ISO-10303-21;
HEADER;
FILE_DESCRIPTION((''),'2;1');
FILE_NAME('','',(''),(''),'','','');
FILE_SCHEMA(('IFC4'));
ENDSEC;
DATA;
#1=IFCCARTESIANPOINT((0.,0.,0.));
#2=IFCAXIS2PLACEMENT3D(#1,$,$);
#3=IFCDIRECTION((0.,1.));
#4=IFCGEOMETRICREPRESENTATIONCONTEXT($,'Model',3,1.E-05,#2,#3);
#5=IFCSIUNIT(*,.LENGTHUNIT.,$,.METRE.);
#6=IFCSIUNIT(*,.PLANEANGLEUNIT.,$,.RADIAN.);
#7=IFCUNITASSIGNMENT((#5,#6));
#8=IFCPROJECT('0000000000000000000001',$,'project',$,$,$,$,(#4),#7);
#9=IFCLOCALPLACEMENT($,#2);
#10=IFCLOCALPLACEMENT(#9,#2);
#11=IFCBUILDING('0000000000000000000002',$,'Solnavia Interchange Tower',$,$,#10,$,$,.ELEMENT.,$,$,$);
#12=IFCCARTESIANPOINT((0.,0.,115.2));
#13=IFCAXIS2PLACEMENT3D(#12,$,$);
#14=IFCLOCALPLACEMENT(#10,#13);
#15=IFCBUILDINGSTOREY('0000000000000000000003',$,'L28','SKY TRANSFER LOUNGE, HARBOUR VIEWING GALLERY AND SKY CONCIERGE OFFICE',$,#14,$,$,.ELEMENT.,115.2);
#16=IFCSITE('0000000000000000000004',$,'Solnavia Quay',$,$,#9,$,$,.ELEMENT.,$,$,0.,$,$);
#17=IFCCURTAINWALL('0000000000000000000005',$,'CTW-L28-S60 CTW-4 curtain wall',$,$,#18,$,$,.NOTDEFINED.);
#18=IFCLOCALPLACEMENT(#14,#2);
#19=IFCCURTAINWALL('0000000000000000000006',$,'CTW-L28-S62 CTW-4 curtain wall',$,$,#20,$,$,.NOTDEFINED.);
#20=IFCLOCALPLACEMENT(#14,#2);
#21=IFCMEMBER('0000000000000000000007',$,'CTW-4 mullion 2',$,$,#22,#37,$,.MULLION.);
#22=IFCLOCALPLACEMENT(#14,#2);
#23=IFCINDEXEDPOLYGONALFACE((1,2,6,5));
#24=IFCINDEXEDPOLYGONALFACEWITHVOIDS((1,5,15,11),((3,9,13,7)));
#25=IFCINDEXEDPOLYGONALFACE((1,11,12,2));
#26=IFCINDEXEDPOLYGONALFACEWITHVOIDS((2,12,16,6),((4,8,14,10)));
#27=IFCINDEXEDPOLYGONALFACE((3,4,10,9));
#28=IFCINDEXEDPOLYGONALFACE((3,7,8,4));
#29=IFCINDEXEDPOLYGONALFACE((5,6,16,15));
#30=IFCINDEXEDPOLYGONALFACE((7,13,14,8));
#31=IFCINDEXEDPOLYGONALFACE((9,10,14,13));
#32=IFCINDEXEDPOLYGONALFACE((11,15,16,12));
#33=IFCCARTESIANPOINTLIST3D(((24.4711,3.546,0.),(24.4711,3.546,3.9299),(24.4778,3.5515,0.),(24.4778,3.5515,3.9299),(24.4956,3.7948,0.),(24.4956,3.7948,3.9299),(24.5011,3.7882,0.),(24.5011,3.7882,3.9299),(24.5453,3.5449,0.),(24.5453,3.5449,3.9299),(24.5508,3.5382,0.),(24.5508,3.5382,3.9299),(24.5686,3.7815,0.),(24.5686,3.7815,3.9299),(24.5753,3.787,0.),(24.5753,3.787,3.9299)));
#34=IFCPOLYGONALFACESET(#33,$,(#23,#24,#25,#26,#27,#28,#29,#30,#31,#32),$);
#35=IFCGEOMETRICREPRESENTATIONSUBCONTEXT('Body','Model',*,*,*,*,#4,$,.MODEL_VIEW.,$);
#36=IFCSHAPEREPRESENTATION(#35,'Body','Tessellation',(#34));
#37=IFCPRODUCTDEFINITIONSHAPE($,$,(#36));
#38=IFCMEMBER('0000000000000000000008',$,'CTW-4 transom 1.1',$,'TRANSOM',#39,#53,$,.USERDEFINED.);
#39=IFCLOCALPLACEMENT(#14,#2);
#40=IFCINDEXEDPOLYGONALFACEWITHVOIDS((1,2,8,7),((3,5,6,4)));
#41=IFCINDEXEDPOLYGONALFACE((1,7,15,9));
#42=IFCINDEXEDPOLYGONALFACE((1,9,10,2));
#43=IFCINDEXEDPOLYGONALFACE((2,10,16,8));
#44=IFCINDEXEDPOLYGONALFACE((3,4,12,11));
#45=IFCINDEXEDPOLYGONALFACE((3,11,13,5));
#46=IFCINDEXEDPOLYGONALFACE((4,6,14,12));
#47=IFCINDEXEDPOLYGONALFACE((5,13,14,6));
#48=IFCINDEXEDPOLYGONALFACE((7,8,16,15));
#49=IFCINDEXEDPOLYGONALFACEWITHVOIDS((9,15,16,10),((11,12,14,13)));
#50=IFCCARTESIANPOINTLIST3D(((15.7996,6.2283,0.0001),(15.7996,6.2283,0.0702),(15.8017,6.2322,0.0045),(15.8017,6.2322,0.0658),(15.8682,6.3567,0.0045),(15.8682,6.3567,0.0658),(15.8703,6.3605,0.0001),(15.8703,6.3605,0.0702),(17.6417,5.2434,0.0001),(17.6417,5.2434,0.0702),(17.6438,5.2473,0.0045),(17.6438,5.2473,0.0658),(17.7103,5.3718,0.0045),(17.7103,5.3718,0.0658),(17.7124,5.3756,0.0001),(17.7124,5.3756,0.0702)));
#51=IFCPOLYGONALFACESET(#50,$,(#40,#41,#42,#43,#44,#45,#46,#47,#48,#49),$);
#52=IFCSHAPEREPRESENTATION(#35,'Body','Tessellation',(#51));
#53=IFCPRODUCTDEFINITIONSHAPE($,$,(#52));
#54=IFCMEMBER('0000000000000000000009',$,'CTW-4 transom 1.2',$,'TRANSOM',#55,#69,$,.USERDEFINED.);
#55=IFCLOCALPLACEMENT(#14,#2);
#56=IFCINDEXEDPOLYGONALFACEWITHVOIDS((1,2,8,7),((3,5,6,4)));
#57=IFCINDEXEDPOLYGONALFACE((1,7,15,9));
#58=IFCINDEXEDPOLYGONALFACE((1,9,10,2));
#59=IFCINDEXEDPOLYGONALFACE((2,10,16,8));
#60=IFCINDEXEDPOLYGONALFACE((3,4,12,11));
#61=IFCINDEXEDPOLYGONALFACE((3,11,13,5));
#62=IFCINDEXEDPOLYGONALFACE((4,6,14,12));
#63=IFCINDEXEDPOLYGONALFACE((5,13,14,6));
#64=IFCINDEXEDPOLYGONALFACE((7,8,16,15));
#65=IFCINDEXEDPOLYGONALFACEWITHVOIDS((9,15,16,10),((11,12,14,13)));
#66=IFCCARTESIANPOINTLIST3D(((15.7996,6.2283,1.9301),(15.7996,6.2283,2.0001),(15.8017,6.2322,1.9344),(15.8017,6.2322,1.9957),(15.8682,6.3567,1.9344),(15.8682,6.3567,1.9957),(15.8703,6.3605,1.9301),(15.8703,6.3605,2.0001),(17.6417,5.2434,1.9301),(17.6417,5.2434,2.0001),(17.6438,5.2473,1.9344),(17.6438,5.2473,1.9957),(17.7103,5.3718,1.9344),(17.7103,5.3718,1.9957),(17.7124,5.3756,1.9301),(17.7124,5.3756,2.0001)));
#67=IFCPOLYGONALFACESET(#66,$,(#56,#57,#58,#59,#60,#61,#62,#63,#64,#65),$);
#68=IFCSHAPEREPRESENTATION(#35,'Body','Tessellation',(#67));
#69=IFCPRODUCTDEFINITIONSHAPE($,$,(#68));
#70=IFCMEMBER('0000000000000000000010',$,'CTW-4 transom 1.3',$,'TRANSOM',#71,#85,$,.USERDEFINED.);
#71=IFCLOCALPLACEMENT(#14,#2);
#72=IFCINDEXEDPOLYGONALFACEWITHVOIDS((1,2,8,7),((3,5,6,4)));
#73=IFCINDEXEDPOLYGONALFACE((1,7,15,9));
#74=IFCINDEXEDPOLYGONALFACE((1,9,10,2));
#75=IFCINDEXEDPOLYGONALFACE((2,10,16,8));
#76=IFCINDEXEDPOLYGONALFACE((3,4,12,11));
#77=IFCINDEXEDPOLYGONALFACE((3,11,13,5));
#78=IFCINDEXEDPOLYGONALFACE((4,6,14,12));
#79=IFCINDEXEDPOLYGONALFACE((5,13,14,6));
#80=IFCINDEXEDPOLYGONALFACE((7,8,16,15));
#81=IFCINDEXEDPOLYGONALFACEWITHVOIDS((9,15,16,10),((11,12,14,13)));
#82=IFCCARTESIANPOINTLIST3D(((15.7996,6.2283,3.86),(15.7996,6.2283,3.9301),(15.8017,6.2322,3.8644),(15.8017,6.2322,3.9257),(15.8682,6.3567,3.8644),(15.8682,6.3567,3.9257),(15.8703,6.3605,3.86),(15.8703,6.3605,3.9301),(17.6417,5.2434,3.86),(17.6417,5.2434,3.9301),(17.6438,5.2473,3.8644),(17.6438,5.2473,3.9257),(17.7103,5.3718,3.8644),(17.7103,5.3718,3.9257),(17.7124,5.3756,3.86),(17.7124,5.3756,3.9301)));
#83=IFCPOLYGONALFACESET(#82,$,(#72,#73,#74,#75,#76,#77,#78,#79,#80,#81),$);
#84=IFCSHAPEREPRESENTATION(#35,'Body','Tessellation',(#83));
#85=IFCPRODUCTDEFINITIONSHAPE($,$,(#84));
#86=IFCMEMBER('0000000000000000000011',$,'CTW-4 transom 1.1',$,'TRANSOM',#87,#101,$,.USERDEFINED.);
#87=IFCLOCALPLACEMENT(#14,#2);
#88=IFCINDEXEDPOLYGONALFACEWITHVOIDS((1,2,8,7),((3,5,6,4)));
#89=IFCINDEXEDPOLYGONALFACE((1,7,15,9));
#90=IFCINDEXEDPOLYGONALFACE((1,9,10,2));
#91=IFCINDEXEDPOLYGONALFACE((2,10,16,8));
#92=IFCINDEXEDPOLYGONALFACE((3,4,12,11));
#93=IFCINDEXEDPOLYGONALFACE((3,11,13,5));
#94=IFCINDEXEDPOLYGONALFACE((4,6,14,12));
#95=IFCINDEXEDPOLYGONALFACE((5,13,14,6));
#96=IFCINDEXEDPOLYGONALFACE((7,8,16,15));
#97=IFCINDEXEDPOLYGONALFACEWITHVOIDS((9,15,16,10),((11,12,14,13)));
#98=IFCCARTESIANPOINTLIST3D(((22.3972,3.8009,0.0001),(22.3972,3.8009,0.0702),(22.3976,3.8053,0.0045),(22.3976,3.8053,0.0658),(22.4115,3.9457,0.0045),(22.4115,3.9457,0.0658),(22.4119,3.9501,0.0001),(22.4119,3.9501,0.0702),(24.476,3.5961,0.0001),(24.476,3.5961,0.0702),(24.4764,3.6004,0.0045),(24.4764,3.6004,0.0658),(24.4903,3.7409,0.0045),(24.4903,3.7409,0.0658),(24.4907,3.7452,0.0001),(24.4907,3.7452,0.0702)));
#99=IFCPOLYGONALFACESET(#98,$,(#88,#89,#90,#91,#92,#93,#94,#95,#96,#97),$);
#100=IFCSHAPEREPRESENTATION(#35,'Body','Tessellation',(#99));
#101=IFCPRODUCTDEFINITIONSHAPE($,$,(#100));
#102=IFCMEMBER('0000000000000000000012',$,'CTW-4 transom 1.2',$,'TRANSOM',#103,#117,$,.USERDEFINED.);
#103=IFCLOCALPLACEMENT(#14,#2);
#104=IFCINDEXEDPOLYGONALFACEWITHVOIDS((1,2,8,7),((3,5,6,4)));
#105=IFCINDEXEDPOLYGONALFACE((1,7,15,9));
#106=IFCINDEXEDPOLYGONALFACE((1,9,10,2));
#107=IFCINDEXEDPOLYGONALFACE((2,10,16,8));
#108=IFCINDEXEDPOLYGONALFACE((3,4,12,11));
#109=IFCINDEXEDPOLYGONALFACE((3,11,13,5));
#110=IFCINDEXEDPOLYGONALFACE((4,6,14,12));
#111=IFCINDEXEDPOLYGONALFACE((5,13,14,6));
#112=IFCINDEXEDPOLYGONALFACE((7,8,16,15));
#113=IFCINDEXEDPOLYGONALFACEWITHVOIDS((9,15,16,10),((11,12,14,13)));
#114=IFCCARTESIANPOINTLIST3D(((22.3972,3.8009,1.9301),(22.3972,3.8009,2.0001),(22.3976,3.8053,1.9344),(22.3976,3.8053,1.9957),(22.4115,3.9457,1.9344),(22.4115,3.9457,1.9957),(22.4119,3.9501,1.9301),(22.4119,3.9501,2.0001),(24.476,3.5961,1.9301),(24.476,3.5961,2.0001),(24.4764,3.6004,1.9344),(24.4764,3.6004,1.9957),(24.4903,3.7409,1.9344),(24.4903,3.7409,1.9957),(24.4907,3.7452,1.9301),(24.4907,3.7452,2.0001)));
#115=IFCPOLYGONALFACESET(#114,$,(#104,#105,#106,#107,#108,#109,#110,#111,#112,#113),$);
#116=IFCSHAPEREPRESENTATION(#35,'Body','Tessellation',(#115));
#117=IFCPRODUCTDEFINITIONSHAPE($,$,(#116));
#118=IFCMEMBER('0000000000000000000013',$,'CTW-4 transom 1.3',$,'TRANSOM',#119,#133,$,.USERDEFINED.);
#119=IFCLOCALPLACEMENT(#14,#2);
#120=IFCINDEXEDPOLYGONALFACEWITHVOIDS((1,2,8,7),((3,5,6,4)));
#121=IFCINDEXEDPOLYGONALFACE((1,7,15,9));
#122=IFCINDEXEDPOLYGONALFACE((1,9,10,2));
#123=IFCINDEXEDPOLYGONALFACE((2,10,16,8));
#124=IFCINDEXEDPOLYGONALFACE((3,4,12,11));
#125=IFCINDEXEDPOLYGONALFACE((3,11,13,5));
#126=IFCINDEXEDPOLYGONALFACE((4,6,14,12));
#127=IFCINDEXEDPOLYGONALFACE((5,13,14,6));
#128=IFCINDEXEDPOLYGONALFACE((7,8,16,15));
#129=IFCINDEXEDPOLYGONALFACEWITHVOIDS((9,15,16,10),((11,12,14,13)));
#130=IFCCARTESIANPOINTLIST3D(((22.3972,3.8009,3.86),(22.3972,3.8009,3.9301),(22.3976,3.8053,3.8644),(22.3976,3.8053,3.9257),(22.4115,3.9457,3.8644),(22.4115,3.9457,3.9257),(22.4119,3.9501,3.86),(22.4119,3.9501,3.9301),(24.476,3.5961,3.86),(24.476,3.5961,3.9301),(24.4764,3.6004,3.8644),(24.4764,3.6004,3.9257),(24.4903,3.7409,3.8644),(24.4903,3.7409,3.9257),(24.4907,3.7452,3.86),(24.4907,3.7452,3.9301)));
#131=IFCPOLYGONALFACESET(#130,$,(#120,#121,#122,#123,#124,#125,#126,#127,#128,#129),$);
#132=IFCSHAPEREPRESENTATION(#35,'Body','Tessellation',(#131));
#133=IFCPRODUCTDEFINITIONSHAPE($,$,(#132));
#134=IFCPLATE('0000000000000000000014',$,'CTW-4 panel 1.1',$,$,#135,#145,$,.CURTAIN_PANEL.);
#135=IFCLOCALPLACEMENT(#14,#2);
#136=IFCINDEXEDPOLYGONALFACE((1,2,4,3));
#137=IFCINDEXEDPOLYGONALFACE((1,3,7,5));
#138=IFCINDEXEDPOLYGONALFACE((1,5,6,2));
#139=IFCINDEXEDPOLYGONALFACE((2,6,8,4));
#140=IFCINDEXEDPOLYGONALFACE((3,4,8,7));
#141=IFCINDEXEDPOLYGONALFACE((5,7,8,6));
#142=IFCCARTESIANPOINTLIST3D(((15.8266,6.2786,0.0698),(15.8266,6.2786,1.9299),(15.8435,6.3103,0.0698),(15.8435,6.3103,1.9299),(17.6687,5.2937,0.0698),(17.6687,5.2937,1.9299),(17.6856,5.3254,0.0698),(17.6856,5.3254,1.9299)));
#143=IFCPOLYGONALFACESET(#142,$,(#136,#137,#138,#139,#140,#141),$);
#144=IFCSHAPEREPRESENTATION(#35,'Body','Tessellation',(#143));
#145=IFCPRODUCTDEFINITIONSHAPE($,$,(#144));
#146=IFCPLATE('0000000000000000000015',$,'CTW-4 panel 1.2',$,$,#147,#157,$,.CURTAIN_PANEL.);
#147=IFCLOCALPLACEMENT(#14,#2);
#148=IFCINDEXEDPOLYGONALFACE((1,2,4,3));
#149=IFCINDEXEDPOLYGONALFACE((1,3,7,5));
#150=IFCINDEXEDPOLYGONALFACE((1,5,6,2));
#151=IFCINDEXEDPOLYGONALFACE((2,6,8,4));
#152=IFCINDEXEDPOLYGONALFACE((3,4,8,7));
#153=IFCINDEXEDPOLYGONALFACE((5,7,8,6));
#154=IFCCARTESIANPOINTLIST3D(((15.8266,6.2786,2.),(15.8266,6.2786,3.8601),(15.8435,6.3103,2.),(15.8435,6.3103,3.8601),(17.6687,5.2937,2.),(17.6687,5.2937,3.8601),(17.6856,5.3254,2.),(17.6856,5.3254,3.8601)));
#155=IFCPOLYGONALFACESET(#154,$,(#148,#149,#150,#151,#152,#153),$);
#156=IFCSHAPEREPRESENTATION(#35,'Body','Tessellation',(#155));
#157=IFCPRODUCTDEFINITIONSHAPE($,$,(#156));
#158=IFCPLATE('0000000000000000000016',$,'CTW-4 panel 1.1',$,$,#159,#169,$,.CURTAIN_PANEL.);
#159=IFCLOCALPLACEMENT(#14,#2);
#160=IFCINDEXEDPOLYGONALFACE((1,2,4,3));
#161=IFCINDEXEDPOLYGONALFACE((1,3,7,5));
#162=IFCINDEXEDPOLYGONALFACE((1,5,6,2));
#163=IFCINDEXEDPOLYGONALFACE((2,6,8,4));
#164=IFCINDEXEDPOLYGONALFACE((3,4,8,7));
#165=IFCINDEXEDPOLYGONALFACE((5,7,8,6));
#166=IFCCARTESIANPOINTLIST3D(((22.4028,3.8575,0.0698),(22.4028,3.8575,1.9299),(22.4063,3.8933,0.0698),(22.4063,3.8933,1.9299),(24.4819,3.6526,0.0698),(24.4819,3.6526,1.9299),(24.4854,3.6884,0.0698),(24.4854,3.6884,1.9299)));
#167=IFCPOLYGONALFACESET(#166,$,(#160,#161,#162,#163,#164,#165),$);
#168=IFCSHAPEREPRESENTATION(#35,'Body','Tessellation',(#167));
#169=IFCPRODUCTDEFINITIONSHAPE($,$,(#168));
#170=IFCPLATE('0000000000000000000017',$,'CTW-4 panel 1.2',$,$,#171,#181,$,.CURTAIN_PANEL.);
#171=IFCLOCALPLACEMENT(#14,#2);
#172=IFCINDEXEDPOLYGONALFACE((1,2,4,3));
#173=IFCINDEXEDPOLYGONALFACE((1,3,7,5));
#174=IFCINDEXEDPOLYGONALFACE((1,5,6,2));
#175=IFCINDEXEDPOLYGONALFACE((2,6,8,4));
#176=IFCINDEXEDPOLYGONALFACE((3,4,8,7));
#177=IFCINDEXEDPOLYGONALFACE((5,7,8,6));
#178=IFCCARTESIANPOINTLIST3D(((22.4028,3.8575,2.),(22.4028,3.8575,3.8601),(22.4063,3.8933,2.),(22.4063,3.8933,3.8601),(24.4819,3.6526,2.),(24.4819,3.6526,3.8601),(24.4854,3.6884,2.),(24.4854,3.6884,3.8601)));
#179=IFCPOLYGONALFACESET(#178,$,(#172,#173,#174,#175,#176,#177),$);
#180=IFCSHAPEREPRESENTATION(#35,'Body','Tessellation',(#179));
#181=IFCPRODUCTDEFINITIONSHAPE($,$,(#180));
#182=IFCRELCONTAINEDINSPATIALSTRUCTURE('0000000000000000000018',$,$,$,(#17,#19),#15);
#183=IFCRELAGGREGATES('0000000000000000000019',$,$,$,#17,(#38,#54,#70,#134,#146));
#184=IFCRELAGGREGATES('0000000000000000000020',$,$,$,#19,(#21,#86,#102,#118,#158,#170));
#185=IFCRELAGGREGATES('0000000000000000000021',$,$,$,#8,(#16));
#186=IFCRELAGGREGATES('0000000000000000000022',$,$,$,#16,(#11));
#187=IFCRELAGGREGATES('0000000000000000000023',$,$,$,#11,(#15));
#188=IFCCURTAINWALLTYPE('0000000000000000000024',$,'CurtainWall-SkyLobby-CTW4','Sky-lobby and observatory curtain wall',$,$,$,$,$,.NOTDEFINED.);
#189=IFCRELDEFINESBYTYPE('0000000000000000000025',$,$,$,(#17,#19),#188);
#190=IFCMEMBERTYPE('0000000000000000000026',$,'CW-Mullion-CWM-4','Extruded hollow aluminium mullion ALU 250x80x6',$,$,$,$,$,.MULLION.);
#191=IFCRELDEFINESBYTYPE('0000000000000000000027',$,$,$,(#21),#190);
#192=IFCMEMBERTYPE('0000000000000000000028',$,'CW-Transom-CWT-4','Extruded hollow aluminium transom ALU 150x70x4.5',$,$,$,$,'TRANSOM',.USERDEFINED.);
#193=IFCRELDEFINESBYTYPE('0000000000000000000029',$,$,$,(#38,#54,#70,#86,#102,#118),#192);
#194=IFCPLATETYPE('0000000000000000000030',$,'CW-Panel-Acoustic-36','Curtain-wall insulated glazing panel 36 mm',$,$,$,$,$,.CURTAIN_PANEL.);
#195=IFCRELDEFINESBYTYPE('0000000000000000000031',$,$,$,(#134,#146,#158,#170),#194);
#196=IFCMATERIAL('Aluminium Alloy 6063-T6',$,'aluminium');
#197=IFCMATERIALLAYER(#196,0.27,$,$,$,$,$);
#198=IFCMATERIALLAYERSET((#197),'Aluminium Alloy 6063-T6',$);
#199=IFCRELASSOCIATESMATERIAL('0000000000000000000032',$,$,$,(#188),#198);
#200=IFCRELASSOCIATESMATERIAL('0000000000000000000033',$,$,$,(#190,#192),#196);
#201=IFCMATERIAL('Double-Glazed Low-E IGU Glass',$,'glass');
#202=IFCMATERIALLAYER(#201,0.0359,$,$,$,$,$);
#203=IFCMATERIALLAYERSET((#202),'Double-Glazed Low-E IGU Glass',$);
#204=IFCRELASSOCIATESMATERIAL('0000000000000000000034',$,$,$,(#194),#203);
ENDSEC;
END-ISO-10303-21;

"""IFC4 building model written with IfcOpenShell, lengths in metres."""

from ifc_helpers import new_model, si_unit, direction, frame, origin, origin_2d, place, context, subcontext, project, spatial, rectangle, hollow_rectangle, extrude, material, layer, layer_set, material_profile, profile_set, type_object, element, aggregate, save


model = new_model("IFC4")

# Units and contexts
model_context = context("Model", 3, precision=1e-05, world=origin(), true_north=direction((0.0, 1.0)))
body_context = subcontext(model_context, "Body", "Model", "MODEL_VIEW")
ifc_project = project(units=[si_unit("LENGTHUNIT", "METRE"), si_unit("PLANEANGLEUNIT", "RADIAN")], contexts=[model_context])

# Site, building, storey
site_placement = place(None, origin())
site = spatial("IfcSite", under=ifc_project, at=site_placement, Name="Solnavia Quay", CompositionType="ELEMENT", RefElevation=0.0)
building_placement = place(site_placement, origin())
building = spatial("IfcBuilding", under=site, at=building_placement, Name="Solnavia Interchange Tower", CompositionType="ELEMENT")
storey_placement = place(building_placement, frame((0.0, 0.0, 115.2)))
storey = spatial("IfcBuildingStorey", under=building, at=storey_placement, Name="L28", Description="SKY TRANSFER LOUNGE, HARBOUR VIEWING GALLERY AND SKY CONCIERGE OFFICE", CompositionType="ELEMENT", Elevation=115.2)

# Curtain walls, member
ifc_material_1 = material(Name="Aluminium Alloy 6063-T6", Category="aluminium")
ifc_layer_1 = layer(ifc_material_1, 0.27)
ifc_layer_set_1 = layer_set([ifc_layer_1], Name="Aluminium Alloy 6063-T6")
curtain_wall_type = type_object("IfcCurtainWallType", Name="CurtainWall-SkyLobby-CTW4", Description="Sky-lobby and observatory curtain wall", PredefinedType="NOTDEFINED", material=ifc_layer_set_1)
curtain_wall_1_placement = place(storey_placement, origin())
curtain_wall_1 = element("IfcCurtainWall", 1, at=curtain_wall_1_placement, inside=storey, type_object=curtain_wall_type, Name="CTW-L28-S60 CTW-4 curtain wall", PredefinedType="NOTDEFINED")
ifc_material_profile_1 = material_profile(ifc_material_1, hollow_rectangle(XDim=0.0801, YDim=0.25, WallThickness=0.0061, at=origin_2d()), Name="ALU 250x80x6")
ifc_profile_set_1 = profile_set([ifc_material_profile_1], Name="Aluminium Alloy 6063-T6")
member_type_1 = type_object("IfcMemberType", Name="CW-Mullion-CWM-4", Description="Extruded hollow aluminium mullion ALU 250x80x6", PredefinedType="MULLION", material=ifc_profile_set_1)
curtain_wall_2_placement = place(storey_placement, origin())
curtain_wall_2 = element("IfcCurtainWall", 2, at=curtain_wall_2_placement, inside=storey, type_object=curtain_wall_type, Name="CTW-L28-S62 CTW-4 curtain wall", PredefinedType="NOTDEFINED")
member_1_placement = place(storey_placement, frame((24.5232, 3.6665, 0.0), z_axis=(0.0, 0.0, 1.0), x_axis=(0.995178, -0.098086, 0.0)))
member_1 = element("IfcMember", 3, at=member_1_placement, type_object=member_type_1, Name="CTW-4 mullion 2", PredefinedType="MULLION", context=body_context, shape_type="SweptSolid", body=[
    extrude(hollow_rectangle(XDim=0.0801, YDim=0.25, WallThickness=0.0061, at=origin_2d()), origin(), (0.0, 0.0, 1.0), 3.9299),
])

# Members
ifc_material_profile_2 = material_profile(ifc_material_1, hollow_rectangle(XDim=0.0701, YDim=0.1499, WallThickness=0.0044, at=origin_2d()), Name="ALU 150x70x4.5")
ifc_profile_set_2 = profile_set([ifc_material_profile_2], Name="Aluminium Alloy 6063-T6")
member_type_2 = type_object("IfcMemberType", Name="CW-Transom-CWT-4", Description="Extruded hollow aluminium transom ALU 150x70x4.5", ElementType="TRANSOM", PredefinedType="USERDEFINED", material=ifc_profile_set_2)
member_2_placement = place(storey_placement, frame((15.835, 6.2944, 0.0352), z_axis=(0.881867, -0.471498, 0.0), x_axis=(0.0, 0.0, 1.0)))
member_2 = element("IfcMember", 4, at=member_2_placement, type_object=member_type_2, Name="CTW-4 transom 1.1", ObjectType="TRANSOM", PredefinedType="USERDEFINED", context=body_context, shape_type="SweptSolid", body=[
    extrude(hollow_rectangle(XDim=0.0701, YDim=0.1499, WallThickness=0.0044, at=origin_2d()), origin(), (0.0, 0.0, 1.0), 2.0889),
])
member_3_placement = place(storey_placement, frame((15.835, 6.2944, 1.9651), z_axis=(0.881867, -0.471498, 0.0), x_axis=(0.0, 0.0, 1.0)))
member_3 = element("IfcMember", 5, at=member_3_placement, type_object=member_type_2, Name="CTW-4 transom 1.2", ObjectType="TRANSOM", PredefinedType="USERDEFINED", context=body_context, shape_type="SweptSolid", body=[
    extrude(hollow_rectangle(XDim=0.0701, YDim=0.1499, WallThickness=0.0044, at=origin_2d()), origin(), (0.0, 0.0, 1.0), 2.0889),
])
member_4_placement = place(storey_placement, frame((15.835, 6.2944, 3.895), z_axis=(0.881867, -0.471498, 0.0), x_axis=(0.0, 0.0, 1.0)))
member_4 = element("IfcMember", 6, at=member_4_placement, type_object=member_type_2, Name="CTW-4 transom 1.3", ObjectType="TRANSOM", PredefinedType="USERDEFINED", context=body_context, shape_type="SweptSolid", body=[
    extrude(hollow_rectangle(XDim=0.0701, YDim=0.1499, WallThickness=0.0044, at=origin_2d()), origin(), (0.0, 0.0, 1.0), 2.0889),
])
member_5_placement = place(storey_placement, frame((22.4045, 3.8755, 0.0352), z_axis=(0.995181, -0.098057, 0.0), x_axis=(0.0, 0.0, 1.0)))
member_5 = element("IfcMember", 7, at=member_5_placement, type_object=member_type_2, Name="CTW-4 transom 1.1", ObjectType="TRANSOM", PredefinedType="USERDEFINED", context=body_context, shape_type="SweptSolid", body=[
    extrude(hollow_rectangle(XDim=0.0701, YDim=0.1499, WallThickness=0.0044, at=origin_2d()), origin(), (0.0, 0.0, 1.0), 2.0889),
])
member_6_placement = place(storey_placement, frame((22.4045, 3.8755, 1.9651), z_axis=(0.995181, -0.098057, 0.0), x_axis=(0.0, 0.0, 1.0)))
member_6 = element("IfcMember", 8, at=member_6_placement, type_object=member_type_2, Name="CTW-4 transom 1.2", ObjectType="TRANSOM", PredefinedType="USERDEFINED", context=body_context, shape_type="SweptSolid", body=[
    extrude(hollow_rectangle(XDim=0.0701, YDim=0.1499, WallThickness=0.0044, at=origin_2d()), origin(), (0.0, 0.0, 1.0), 2.0889),
])
member_7_placement = place(storey_placement, frame((22.4045, 3.8755, 3.895), z_axis=(0.995181, -0.098057, 0.0), x_axis=(0.0, 0.0, 1.0)))
member_7 = element("IfcMember", 9, at=member_7_placement, type_object=member_type_2, Name="CTW-4 transom 1.3", ObjectType="TRANSOM", PredefinedType="USERDEFINED", context=body_context, shape_type="SweptSolid", body=[
    extrude(hollow_rectangle(XDim=0.0701, YDim=0.1499, WallThickness=0.0044, at=origin_2d()), origin(), (0.0, 0.0, 1.0), 2.0889),
])

# Plates
ifc_material_2 = material(Name="Double-Glazed Low-E IGU Glass", Category="glass")
ifc_layer_2 = layer(ifc_material_2, 0.0359)
ifc_layer_set_2 = layer_set([ifc_layer_2], Name="Double-Glazed Low-E IGU Glass")
plate_type = type_object("IfcPlateType", Name="CW-Panel-Acoustic-36", Description="Curtain-wall insulated glazing panel 36 mm", PredefinedType="CURTAIN_PANEL", material=ifc_layer_set_2)
plate_1_placement = place(storey_placement, frame((16.7561, 5.802, 0.0698), z_axis=(0.0, 0.0, 1.0), x_axis=(0.881855, -0.47152, 0.0)))
plate_1 = element("IfcPlate", 10, at=plate_1_placement, type_object=plate_type, Name="CTW-4 panel 1.1", PredefinedType="CURTAIN_PANEL", context=body_context, shape_type="SweptSolid", body=[
    extrude(rectangle(XDim=2.0889, YDim=0.0359, at=origin_2d()), origin(), (0.0, 0.0, 1.0), 1.8601),
])
plate_2_placement = place(storey_placement, frame((16.7561, 5.802, 2.0), z_axis=(0.0, 0.0, 1.0), x_axis=(0.881855, -0.47152, 0.0)))
plate_2 = element("IfcPlate", 11, at=plate_2_placement, type_object=plate_type, Name="CTW-4 panel 1.2", PredefinedType="CURTAIN_PANEL", context=body_context, shape_type="SweptSolid", body=[
    extrude(rectangle(XDim=2.0889, YDim=0.0359, at=origin_2d()), origin(), (0.0, 0.0, 1.0), 1.8601),
])
aggregate(curtain_wall_1, [member_2, member_3, member_4, plate_1, plate_2])
plate_3_placement = place(storey_placement, frame((23.4441, 3.7729, 0.0698), z_axis=(0.0, 0.0, 1.0), x_axis=(0.995178, -0.098086, 0.0)))
plate_3 = element("IfcPlate", 12, at=plate_3_placement, type_object=plate_type, Name="CTW-4 panel 1.1", PredefinedType="CURTAIN_PANEL", context=body_context, shape_type="SweptSolid", body=[
    extrude(rectangle(XDim=2.0891, YDim=0.0359, at=origin_2d()), origin(), (0.0, 0.0, 1.0), 1.8601),
])
plate_4_placement = place(storey_placement, frame((23.4441, 3.7729, 2.0), z_axis=(0.0, 0.0, 1.0), x_axis=(0.995178, -0.098086, 0.0)))
plate_4 = element("IfcPlate", 13, at=plate_4_placement, type_object=plate_type, Name="CTW-4 panel 1.2", PredefinedType="CURTAIN_PANEL", context=body_context, shape_type="SweptSolid", body=[
    extrude(rectangle(XDim=2.0891, YDim=0.0359, at=origin_2d()), origin(), (0.0, 0.0, 1.0), 1.8601),
])
aggregate(curtain_wall_2, [member_1, member_5, member_6, member_7, plate_3, plate_4])

save(model, "model.ifc")
